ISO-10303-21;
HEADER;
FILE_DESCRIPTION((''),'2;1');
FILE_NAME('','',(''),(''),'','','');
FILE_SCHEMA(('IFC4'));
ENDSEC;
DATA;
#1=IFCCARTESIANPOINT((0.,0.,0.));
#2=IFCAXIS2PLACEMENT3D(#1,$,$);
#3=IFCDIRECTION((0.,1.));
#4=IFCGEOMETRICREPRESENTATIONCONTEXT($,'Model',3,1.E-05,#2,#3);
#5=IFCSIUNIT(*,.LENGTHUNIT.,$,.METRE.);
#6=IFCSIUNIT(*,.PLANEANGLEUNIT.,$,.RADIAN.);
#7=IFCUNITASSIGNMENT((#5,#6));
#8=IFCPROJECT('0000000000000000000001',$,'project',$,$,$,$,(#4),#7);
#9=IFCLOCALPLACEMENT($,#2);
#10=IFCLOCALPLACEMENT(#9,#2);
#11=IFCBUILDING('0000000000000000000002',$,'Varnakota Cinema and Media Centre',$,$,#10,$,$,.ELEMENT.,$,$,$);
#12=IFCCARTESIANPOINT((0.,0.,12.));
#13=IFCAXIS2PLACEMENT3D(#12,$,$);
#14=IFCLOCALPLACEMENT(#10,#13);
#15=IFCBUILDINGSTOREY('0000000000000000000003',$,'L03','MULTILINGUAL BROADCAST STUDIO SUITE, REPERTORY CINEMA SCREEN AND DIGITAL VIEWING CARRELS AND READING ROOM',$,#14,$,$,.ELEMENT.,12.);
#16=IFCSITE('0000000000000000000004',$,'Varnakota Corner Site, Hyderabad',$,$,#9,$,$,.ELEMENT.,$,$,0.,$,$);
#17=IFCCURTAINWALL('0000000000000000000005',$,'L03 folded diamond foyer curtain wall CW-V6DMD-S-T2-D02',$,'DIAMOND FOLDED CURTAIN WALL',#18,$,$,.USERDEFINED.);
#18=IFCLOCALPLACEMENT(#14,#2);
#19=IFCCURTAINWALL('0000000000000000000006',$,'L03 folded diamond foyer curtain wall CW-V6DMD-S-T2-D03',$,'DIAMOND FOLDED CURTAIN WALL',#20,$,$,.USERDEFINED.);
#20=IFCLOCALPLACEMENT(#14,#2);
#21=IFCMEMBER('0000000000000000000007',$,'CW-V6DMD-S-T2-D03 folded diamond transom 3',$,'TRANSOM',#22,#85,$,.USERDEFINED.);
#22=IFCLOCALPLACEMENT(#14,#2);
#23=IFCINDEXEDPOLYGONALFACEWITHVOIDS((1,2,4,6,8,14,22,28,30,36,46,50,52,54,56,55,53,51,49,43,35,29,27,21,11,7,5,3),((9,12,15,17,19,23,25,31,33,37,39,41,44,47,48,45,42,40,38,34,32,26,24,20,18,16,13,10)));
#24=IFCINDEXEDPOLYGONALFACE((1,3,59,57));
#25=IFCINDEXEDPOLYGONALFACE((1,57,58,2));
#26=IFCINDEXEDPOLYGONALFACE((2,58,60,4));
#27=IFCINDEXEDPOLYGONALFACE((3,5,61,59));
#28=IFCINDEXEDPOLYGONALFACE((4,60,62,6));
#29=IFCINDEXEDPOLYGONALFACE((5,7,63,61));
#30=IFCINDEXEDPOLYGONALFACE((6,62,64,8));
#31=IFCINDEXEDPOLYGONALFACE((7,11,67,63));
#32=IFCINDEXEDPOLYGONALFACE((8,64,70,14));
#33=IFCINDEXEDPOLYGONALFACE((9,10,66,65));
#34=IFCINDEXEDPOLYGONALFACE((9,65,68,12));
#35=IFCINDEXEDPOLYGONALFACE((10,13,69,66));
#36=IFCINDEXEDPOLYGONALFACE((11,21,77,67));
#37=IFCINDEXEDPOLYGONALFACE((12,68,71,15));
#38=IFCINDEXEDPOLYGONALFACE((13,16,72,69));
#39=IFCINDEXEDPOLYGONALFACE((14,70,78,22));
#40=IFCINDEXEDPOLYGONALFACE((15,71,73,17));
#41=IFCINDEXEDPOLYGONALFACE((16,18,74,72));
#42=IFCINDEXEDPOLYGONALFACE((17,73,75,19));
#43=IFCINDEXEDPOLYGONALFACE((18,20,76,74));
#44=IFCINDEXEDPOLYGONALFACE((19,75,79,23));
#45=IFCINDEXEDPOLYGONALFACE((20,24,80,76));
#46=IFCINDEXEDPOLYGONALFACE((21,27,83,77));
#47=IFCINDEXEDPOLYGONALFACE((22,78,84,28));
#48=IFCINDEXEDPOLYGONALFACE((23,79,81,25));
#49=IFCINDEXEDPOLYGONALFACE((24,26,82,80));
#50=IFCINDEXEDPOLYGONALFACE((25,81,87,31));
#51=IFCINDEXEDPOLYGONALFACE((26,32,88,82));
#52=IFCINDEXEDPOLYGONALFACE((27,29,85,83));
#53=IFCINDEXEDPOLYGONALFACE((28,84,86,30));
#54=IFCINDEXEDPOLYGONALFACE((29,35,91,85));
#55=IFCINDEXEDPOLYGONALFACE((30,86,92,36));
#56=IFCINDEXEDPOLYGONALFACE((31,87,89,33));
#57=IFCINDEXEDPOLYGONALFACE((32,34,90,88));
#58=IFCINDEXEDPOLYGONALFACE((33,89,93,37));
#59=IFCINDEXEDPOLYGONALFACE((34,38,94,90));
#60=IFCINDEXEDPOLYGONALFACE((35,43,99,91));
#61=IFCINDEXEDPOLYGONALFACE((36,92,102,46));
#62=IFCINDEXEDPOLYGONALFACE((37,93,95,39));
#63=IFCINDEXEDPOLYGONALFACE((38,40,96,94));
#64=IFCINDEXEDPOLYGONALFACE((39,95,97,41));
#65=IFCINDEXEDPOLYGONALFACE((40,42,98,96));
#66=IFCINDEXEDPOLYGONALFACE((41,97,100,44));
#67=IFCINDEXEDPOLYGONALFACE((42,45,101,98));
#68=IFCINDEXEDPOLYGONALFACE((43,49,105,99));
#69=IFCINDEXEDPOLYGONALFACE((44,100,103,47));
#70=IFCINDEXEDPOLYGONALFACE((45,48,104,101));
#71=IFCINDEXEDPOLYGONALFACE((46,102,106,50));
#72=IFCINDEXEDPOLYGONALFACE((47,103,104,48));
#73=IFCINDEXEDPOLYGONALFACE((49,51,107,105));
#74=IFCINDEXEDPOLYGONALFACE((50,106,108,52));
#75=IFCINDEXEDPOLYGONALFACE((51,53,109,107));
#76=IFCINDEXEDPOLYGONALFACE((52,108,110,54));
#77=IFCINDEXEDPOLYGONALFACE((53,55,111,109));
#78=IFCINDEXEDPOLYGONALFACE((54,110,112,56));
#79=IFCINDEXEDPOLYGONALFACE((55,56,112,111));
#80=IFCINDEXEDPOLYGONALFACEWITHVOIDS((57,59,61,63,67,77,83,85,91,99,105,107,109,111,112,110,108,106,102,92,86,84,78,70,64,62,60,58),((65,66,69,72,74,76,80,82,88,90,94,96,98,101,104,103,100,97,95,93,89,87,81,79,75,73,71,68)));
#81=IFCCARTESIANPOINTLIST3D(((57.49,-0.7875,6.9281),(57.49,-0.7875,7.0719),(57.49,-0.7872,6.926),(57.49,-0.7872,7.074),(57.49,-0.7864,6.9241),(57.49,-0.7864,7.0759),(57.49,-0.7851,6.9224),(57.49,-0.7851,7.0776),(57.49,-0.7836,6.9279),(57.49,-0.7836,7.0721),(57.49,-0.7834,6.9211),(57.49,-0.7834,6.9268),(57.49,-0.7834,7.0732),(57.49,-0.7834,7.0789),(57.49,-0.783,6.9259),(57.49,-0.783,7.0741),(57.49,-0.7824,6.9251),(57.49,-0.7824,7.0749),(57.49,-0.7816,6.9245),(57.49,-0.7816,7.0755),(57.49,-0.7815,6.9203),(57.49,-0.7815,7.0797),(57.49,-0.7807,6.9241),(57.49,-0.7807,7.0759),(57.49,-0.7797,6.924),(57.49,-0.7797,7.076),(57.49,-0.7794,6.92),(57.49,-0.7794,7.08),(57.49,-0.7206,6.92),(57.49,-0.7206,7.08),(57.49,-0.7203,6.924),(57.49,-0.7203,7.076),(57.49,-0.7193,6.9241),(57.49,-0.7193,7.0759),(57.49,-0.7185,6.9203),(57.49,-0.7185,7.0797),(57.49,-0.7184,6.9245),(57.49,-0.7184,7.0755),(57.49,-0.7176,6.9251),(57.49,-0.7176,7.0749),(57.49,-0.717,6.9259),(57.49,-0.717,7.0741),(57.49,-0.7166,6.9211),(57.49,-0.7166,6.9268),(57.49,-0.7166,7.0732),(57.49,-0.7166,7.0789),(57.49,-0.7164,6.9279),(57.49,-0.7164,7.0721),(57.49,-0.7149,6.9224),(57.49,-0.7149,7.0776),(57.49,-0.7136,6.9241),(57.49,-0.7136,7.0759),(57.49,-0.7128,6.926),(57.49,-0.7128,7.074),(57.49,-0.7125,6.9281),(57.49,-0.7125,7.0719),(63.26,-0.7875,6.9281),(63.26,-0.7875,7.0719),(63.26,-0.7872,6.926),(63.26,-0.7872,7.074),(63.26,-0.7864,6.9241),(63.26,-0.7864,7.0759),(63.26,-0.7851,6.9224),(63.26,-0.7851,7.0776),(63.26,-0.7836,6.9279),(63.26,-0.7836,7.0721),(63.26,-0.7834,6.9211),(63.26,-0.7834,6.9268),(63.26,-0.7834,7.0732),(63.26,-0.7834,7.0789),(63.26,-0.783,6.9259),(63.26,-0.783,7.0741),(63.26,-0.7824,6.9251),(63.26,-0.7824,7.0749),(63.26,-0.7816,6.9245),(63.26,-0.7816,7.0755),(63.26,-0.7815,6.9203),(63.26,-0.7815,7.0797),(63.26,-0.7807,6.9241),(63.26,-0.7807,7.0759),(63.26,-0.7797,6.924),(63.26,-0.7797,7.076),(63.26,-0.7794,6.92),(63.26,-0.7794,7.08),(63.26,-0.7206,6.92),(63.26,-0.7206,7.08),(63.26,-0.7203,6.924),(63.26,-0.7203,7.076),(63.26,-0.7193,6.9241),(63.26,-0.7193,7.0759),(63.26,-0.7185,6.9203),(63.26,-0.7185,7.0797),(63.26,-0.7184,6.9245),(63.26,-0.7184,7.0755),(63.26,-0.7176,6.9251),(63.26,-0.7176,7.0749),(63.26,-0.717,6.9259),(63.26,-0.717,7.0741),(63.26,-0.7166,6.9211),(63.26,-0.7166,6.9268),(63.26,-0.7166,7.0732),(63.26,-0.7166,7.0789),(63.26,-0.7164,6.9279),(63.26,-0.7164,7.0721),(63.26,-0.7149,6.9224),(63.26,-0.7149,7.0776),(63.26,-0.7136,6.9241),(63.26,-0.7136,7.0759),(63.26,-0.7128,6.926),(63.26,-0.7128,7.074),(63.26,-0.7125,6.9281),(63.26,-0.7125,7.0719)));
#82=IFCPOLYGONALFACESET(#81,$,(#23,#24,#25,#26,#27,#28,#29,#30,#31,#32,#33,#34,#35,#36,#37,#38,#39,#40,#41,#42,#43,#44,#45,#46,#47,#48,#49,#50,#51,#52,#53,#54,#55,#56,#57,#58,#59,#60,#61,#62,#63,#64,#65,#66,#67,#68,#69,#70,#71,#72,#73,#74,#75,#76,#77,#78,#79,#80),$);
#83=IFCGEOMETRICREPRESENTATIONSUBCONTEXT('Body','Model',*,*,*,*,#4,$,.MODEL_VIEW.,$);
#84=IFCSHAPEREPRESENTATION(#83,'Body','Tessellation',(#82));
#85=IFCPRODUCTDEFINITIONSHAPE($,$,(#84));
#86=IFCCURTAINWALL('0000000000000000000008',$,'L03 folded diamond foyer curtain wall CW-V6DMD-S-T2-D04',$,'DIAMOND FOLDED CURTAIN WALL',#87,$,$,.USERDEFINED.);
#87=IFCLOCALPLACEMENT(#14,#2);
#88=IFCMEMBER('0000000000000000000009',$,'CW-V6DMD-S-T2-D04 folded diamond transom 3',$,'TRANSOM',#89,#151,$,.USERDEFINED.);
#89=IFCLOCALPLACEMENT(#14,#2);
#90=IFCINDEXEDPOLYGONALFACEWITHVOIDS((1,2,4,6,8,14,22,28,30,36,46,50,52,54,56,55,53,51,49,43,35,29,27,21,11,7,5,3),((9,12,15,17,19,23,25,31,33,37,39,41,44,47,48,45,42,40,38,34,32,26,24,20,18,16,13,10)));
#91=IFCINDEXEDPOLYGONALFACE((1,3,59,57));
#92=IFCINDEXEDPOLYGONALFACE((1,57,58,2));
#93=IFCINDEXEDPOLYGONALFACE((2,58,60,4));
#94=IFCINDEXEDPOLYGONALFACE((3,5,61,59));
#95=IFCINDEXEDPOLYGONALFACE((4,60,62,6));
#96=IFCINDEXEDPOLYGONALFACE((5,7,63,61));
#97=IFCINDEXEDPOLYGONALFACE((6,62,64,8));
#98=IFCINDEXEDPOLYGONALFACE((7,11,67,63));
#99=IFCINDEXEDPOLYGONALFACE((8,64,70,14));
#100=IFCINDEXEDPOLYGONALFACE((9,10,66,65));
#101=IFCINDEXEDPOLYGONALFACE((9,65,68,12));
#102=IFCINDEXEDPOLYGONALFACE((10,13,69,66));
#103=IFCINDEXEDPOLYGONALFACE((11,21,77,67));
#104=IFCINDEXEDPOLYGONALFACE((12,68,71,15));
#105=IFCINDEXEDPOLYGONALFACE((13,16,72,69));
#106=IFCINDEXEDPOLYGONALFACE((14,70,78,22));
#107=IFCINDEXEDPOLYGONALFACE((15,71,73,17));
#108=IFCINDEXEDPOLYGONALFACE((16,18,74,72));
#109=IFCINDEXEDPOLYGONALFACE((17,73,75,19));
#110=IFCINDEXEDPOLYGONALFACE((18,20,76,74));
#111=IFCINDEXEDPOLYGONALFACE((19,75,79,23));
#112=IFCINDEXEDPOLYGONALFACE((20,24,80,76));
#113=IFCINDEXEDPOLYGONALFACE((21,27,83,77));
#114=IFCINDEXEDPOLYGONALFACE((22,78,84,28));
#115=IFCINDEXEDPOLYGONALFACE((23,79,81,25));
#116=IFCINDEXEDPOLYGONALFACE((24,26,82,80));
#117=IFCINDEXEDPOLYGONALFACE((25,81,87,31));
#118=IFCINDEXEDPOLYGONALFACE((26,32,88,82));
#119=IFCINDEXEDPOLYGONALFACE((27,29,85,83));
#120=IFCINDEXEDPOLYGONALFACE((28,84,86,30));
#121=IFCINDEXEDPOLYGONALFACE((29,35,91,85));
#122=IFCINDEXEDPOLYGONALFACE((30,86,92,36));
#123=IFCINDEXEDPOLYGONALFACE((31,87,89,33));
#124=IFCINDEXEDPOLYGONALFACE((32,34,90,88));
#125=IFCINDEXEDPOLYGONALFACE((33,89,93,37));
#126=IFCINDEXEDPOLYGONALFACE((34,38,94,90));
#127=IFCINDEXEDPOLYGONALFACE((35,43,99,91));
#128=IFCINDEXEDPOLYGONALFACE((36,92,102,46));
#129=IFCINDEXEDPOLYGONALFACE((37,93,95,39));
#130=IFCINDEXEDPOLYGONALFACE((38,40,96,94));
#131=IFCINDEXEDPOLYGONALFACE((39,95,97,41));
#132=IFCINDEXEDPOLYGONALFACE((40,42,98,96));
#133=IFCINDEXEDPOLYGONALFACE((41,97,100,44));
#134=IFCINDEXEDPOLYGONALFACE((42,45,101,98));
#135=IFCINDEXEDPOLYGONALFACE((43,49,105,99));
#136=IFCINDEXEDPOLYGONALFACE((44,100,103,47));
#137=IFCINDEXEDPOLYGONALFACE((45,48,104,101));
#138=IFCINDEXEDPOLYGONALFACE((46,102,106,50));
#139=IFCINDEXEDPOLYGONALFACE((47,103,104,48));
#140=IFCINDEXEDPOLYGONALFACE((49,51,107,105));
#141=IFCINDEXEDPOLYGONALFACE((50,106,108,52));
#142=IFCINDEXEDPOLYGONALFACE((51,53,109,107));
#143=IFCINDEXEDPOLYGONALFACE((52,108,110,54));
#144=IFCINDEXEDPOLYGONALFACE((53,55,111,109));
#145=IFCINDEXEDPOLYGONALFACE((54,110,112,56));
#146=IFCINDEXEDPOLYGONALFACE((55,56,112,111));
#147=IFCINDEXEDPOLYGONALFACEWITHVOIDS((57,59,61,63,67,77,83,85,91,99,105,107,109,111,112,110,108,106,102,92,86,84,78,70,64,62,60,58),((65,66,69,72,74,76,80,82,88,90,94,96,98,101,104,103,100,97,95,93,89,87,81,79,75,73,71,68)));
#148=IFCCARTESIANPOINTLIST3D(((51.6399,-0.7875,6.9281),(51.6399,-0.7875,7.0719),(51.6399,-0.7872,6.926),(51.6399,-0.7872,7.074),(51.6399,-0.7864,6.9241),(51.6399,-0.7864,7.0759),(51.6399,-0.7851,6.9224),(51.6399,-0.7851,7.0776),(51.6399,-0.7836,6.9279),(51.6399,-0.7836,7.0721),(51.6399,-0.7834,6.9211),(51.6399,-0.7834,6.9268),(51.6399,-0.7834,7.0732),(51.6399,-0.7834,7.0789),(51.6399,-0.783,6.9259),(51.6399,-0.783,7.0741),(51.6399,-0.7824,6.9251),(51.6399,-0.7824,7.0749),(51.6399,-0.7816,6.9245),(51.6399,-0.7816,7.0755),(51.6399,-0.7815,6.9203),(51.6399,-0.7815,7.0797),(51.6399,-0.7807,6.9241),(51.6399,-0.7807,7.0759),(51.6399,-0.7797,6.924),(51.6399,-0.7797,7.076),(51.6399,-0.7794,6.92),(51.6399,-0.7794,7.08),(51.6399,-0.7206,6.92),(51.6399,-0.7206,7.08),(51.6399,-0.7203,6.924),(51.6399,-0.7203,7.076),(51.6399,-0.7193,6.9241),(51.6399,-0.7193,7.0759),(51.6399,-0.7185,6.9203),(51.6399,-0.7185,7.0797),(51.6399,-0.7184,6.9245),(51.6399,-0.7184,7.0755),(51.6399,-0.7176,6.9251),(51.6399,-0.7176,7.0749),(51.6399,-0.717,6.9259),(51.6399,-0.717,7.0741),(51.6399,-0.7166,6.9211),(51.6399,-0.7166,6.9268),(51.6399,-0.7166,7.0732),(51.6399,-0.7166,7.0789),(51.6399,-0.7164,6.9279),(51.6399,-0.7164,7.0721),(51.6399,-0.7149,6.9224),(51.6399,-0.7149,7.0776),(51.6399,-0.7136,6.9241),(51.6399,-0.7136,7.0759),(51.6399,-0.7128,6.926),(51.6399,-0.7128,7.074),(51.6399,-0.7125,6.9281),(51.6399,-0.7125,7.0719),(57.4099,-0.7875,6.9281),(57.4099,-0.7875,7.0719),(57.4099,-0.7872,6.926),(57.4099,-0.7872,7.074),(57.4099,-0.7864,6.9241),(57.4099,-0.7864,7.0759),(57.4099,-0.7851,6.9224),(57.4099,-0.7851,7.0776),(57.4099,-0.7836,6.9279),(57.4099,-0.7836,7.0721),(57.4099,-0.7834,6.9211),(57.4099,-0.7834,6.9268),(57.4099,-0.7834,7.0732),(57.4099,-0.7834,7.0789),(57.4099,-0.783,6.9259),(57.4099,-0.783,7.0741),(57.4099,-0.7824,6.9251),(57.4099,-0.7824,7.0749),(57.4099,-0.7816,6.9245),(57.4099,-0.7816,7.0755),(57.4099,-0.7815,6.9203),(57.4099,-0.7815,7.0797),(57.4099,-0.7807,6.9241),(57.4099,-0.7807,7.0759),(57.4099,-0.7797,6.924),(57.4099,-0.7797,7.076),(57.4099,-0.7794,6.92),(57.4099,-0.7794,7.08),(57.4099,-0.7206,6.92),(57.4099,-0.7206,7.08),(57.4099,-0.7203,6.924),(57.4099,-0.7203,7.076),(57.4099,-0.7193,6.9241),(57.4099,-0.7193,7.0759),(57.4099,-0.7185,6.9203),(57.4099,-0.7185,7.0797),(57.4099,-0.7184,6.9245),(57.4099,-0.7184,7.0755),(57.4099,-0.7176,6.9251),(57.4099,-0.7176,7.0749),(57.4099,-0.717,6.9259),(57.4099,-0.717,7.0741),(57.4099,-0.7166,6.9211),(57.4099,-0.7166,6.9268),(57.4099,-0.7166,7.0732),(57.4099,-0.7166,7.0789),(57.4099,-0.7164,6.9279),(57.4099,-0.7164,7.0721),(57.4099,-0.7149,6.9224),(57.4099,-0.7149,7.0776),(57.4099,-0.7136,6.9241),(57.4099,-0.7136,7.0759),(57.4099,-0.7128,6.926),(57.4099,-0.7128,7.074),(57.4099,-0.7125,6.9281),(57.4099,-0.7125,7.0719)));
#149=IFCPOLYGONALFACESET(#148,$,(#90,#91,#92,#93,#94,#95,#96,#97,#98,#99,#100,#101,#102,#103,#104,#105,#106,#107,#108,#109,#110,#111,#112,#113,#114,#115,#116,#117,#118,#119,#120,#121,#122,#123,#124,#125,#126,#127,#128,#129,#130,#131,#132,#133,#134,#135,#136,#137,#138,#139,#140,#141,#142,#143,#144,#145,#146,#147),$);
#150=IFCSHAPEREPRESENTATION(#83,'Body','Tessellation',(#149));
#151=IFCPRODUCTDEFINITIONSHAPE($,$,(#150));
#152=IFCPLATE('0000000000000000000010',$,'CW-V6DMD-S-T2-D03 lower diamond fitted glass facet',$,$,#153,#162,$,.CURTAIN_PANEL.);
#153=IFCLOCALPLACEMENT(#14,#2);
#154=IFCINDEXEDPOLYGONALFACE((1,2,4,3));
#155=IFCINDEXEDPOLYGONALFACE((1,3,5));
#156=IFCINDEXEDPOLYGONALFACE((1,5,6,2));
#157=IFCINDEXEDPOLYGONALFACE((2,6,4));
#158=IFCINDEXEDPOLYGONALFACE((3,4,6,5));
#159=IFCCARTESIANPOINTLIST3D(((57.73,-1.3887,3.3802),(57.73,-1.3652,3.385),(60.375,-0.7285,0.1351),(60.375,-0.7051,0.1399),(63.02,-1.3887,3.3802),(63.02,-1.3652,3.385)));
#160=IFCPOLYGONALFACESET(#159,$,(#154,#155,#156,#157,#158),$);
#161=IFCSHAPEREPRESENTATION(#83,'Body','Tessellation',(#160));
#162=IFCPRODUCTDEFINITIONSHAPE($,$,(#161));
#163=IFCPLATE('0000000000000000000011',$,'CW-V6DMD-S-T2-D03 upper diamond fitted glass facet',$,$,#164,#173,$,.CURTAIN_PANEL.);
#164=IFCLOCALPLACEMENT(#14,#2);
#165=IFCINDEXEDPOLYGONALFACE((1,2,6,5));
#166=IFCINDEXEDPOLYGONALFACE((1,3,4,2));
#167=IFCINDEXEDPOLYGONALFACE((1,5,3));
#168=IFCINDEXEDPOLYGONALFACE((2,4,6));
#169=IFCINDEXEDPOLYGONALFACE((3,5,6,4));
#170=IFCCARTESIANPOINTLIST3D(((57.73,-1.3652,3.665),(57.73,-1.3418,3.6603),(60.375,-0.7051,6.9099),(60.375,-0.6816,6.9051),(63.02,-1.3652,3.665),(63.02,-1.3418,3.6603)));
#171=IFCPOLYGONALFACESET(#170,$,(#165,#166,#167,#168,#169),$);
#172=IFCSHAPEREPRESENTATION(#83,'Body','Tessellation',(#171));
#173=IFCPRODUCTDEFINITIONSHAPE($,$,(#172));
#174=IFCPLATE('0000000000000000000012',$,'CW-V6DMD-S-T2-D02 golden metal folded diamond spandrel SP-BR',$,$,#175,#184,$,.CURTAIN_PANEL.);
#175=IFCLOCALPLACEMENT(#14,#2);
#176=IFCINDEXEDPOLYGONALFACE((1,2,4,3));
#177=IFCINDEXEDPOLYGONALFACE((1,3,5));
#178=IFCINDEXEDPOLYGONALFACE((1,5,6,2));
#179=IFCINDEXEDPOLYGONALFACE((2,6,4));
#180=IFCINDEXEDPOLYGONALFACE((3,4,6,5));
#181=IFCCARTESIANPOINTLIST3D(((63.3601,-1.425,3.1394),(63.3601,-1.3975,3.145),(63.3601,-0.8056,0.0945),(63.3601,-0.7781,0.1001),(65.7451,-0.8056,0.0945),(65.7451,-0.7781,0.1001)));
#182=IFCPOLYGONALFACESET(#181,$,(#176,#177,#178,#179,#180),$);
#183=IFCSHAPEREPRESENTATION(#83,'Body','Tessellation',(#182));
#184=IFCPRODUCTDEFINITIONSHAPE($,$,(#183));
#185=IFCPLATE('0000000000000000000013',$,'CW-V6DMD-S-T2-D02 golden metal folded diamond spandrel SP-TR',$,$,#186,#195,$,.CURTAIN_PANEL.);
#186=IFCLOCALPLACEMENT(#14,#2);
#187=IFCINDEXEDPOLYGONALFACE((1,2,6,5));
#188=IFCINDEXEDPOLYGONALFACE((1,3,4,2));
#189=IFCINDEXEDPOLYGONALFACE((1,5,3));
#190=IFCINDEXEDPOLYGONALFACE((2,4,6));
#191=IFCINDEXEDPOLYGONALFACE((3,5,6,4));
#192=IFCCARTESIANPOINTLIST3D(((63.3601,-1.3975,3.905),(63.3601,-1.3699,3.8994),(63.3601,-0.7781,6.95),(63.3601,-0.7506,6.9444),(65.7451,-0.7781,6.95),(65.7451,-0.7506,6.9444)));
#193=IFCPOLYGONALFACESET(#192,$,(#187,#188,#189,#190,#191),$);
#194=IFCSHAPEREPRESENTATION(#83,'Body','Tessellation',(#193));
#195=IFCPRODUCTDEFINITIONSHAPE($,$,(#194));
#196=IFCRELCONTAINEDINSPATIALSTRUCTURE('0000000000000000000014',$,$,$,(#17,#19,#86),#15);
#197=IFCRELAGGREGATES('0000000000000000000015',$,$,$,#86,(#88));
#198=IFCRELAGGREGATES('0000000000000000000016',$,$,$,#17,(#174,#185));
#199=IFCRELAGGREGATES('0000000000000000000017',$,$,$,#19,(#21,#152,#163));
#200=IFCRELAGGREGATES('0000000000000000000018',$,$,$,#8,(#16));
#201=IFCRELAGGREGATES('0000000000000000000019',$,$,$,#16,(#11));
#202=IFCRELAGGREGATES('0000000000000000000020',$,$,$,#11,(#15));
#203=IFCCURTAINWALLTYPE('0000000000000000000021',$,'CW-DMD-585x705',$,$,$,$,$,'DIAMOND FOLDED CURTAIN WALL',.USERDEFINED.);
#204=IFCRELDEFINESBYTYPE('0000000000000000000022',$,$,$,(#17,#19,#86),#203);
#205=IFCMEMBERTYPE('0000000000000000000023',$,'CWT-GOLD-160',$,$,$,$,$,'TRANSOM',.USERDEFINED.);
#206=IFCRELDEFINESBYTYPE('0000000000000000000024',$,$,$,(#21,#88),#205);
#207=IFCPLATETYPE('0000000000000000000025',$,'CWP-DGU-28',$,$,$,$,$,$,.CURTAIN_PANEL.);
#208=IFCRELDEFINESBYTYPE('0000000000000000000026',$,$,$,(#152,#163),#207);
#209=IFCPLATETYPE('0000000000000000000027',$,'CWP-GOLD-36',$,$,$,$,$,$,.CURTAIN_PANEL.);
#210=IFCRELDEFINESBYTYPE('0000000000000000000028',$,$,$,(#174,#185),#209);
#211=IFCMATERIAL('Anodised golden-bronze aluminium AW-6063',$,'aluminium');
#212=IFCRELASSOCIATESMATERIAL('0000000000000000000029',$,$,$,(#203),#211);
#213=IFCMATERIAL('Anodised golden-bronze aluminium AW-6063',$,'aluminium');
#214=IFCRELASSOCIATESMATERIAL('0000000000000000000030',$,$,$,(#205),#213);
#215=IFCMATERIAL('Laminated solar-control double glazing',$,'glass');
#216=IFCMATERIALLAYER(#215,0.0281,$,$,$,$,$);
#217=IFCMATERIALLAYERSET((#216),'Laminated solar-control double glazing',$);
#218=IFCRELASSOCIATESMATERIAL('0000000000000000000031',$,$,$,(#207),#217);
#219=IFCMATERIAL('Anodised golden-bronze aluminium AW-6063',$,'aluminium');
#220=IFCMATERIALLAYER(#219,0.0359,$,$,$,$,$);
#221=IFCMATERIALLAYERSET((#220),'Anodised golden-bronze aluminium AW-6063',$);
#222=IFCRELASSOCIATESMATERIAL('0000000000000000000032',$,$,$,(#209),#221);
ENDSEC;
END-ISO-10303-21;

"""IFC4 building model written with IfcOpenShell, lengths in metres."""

from ifc_helpers import new_model, si_unit, direction, frame, origin, origin_2d, place, context, subcontext, project, spatial, polyline, hollow_rectangle, outline, extrude, material, layer, layer_set, material_profile, profile_set, type_object, element, aggregate, save


model = new_model("IFC4")

# Units and contexts
model_context = context("Model", 3, precision=1e-05, world=origin(), true_north=direction((0.0, 1.0)))
body_context = subcontext(model_context, "Body", "Model", "MODEL_VIEW")
ifc_project = project(units=[si_unit("LENGTHUNIT", "METRE"), si_unit("PLANEANGLEUNIT", "RADIAN")], contexts=[model_context])

# Site, building, storey
site_placement = place(None, origin())
site = spatial("IfcSite", under=ifc_project, at=site_placement, Name="Varnakota Corner Site, Hyderabad", CompositionType="ELEMENT", RefElevation=0.0)
building_placement = place(site_placement, origin())
building = spatial("IfcBuilding", under=site, at=building_placement, Name="Varnakota Cinema and Media Centre", CompositionType="ELEMENT")
storey_placement = place(building_placement, frame((0.0, 0.0, 12.0)))
storey = spatial("IfcBuildingStorey", under=building, at=storey_placement, Name="L03", Description="MULTILINGUAL BROADCAST STUDIO SUITE, REPERTORY CINEMA SCREEN AND DIGITAL VIEWING CARRELS AND READING ROOM", CompositionType="ELEMENT", Elevation=12.0)

# Curtain walls, member
ifc_material_1 = material(Name="Anodised golden-bronze aluminium AW-6063", Category="aluminium")
curtain_wall_type = type_object("IfcCurtainWallType", Name="CW-DMD-585x705", ElementType="DIAMOND FOLDED CURTAIN WALL", PredefinedType="USERDEFINED", material=ifc_material_1)
curtain_wall_1_placement = place(storey_placement, origin())
curtain_wall_1 = element("IfcCurtainWall", 1, at=curtain_wall_1_placement, inside=storey, type_object=curtain_wall_type, Name="L03 folded diamond foyer curtain wall CW-V6DMD-S-T2-D02", ObjectType="DIAMOND FOLDED CURTAIN WALL", PredefinedType="USERDEFINED")
curtain_wall_2_placement = place(storey_placement, origin())
curtain_wall_2 = element("IfcCurtainWall", 2, at=curtain_wall_2_placement, inside=storey, type_object=curtain_wall_type, Name="L03 folded diamond foyer curtain wall CW-V6DMD-S-T2-D03", ObjectType="DIAMOND FOLDED CURTAIN WALL", PredefinedType="USERDEFINED")
ifc_material_2 = material(Name="Anodised golden-bronze aluminium AW-6063", Category="aluminium")
ifc_material_profile_1 = material_profile(ifc_material_2, hollow_rectangle(XDim=0.075, YDim=0.1599, WallThickness=0.0039, InnerFilletRadius=0.0039, OuterFilletRadius=0.0081, at=origin_2d()), Name="AL-TRANSOM 160x75x4")
ifc_profile_set_1 = profile_set([ifc_material_profile_1], Name="Anodised golden-bronze aluminium AW-6063")
member_type_1 = type_object("IfcMemberType", Name="CWT-GOLD-160", ElementType="TRANSOM", PredefinedType="USERDEFINED", material=ifc_profile_set_1)
member_1_placement = place(storey_placement, frame((63.26, -0.75, 7.0), z_axis=(-1.0, 0.0, 0.0), x_axis=(0.0, -1.0, 0.0)))
member_1 = element("IfcMember", 3, at=member_1_placement, type_object=member_type_1, Name="CW-V6DMD-S-T2-D03 folded diamond transom 3", ObjectType="TRANSOM", PredefinedType="USERDEFINED", context=body_context, shape_type="SweptSolid", body=[
    extrude(hollow_rectangle(XDim=0.075, YDim=0.1599, WallThickness=0.0039, InnerFilletRadius=0.0039, OuterFilletRadius=0.0081, at=origin_2d()), origin(), (0.0, 0.0, 1.0), 5.77),
])

# Curtain wall, member
curtain_wall_3_placement = place(storey_placement, origin())
curtain_wall_3 = element("IfcCurtainWall", 4, at=curtain_wall_3_placement, inside=storey, type_object=curtain_wall_type, Name="L03 folded diamond foyer curtain wall CW-V6DMD-S-T2-D04", ObjectType="DIAMOND FOLDED CURTAIN WALL", PredefinedType="USERDEFINED")
member_2_placement = place(storey_placement, frame((57.4099, -0.75, 7.0), z_axis=(-1.0, 0.0, 0.0), x_axis=(0.0, -1.0, 0.0)))
member_2 = element("IfcMember", 5, at=member_2_placement, type_object=member_type_1, Name="CW-V6DMD-S-T2-D04 folded diamond transom 3", ObjectType="TRANSOM", PredefinedType="USERDEFINED", context=body_context, shape_type="SweptSolid", body=[
    extrude(hollow_rectangle(XDim=0.075, YDim=0.1599, WallThickness=0.0039, InnerFilletRadius=0.0039, OuterFilletRadius=0.0081, at=origin_2d()), origin(), (0.0, 0.0, 1.0), 5.77),
])
aggregate(curtain_wall_3, [member_2])

# Plates
ifc_material_3 = material(Name="Laminated solar-control double glazing", Category="glass")
ifc_layer_1 = layer(ifc_material_3, 0.0281)
ifc_layer_set_1 = layer_set([ifc_layer_1], Name="Laminated solar-control double glazing")
plate_type_1 = type_object("IfcPlateType", Name="CWP-DGU-28", PredefinedType="CURTAIN_PANEL", material=ifc_layer_set_1)
plate_1_placement = place(storey_placement, frame((63.02, -1.3652, 3.385), z_axis=(0.0, 0.979929, 0.199348), x_axis=(-0.624084, 0.155762, -0.765675)))
plate_1 = element("IfcPlate", 6, at=plate_1_placement, type_object=plate_type_1, Name="CW-V6DMD-S-T2-D03 lower diamond fitted glass facet", PredefinedType="CURTAIN_PANEL", context=body_context, shape_type="SweptSolid", body=[
    extrude(outline(polyline([(0.0, 0.0), (4.2382, 0.0), (3.3014, 4.1334), (0.0, 0.0)])), origin(), (0.0, 0.0, -1.0), 0.0239),
])
plate_2_placement = place(storey_placement, frame((63.02, -1.3652, 3.665), z_axis=(0.0, -0.979926, 0.199362), x_axis=(-1.0, 0.0, 0.0)))
plate_2 = element("IfcPlate", 7, at=plate_2_placement, type_object=plate_type_1, Name="CW-V6DMD-S-T2-D03 upper diamond fitted glass facet", PredefinedType="CURTAIN_PANEL", context=body_context, shape_type="SweptSolid", body=[
    extrude(outline(polyline([(0.0, 0.0), (5.29, 0.0), (2.645, -3.3113), (0.0, 0.0)])), origin(), (0.0, 0.0, -1.0), 0.0239),
])
ifc_material_4 = material(Name="Anodised golden-bronze aluminium AW-6063", Category="aluminium")
ifc_layer_2 = layer(ifc_material_4, 0.0359)
ifc_layer_set_2 = layer_set([ifc_layer_2], Name="Anodised golden-bronze aluminium AW-6063")
plate_type_2 = type_object("IfcPlateType", Name="CWP-GOLD-36", PredefinedType="CURTAIN_PANEL", material=ifc_layer_set_2)
plate_3_placement = place(storey_placement, frame((65.7451, -0.7781, 0.1001), z_axis=(0.0, 0.979932, 0.199333), x_axis=(-1.0, 0.0, 0.0)))
plate_3 = element("IfcPlate", 8, at=plate_3_placement, type_object=plate_type_2, Name="CW-V6DMD-S-T2-D02 golden metal folded diamond spandrel SP-BR", PredefinedType="CURTAIN_PANEL", context=body_context, shape_type="SweptSolid", body=[
    extrude(outline(polyline([(0.0, 0.0), (2.385, 0.0), (2.385, 3.1073), (0.0, 0.0)])), origin(), (0.0, 0.0, -1.0), 0.0281),
])
plate_4_placement = place(storey_placement, frame((63.3601, -1.3975, 3.905), z_axis=(0.0, -0.979932, 0.199333), x_axis=(0.0, 0.199333, 0.979932)))
plate_4 = element("IfcPlate", 9, at=plate_4_placement, type_object=plate_type_2, Name="CW-V6DMD-S-T2-D02 golden metal folded diamond spandrel SP-TR", PredefinedType="CURTAIN_PANEL", context=body_context, shape_type="SweptSolid", body=[
    extrude(outline(polyline([(0.0, 0.0), (3.1073, 0.0), (3.1073, -2.385), (0.0, 0.0)])), origin(), (0.0, 0.0, -1.0), 0.0281),
])
aggregate(curtain_wall_1, [plate_3, plate_4])
aggregate(curtain_wall_2, [member_1, plate_1, plate_2])

save(model, "model.ifc")
